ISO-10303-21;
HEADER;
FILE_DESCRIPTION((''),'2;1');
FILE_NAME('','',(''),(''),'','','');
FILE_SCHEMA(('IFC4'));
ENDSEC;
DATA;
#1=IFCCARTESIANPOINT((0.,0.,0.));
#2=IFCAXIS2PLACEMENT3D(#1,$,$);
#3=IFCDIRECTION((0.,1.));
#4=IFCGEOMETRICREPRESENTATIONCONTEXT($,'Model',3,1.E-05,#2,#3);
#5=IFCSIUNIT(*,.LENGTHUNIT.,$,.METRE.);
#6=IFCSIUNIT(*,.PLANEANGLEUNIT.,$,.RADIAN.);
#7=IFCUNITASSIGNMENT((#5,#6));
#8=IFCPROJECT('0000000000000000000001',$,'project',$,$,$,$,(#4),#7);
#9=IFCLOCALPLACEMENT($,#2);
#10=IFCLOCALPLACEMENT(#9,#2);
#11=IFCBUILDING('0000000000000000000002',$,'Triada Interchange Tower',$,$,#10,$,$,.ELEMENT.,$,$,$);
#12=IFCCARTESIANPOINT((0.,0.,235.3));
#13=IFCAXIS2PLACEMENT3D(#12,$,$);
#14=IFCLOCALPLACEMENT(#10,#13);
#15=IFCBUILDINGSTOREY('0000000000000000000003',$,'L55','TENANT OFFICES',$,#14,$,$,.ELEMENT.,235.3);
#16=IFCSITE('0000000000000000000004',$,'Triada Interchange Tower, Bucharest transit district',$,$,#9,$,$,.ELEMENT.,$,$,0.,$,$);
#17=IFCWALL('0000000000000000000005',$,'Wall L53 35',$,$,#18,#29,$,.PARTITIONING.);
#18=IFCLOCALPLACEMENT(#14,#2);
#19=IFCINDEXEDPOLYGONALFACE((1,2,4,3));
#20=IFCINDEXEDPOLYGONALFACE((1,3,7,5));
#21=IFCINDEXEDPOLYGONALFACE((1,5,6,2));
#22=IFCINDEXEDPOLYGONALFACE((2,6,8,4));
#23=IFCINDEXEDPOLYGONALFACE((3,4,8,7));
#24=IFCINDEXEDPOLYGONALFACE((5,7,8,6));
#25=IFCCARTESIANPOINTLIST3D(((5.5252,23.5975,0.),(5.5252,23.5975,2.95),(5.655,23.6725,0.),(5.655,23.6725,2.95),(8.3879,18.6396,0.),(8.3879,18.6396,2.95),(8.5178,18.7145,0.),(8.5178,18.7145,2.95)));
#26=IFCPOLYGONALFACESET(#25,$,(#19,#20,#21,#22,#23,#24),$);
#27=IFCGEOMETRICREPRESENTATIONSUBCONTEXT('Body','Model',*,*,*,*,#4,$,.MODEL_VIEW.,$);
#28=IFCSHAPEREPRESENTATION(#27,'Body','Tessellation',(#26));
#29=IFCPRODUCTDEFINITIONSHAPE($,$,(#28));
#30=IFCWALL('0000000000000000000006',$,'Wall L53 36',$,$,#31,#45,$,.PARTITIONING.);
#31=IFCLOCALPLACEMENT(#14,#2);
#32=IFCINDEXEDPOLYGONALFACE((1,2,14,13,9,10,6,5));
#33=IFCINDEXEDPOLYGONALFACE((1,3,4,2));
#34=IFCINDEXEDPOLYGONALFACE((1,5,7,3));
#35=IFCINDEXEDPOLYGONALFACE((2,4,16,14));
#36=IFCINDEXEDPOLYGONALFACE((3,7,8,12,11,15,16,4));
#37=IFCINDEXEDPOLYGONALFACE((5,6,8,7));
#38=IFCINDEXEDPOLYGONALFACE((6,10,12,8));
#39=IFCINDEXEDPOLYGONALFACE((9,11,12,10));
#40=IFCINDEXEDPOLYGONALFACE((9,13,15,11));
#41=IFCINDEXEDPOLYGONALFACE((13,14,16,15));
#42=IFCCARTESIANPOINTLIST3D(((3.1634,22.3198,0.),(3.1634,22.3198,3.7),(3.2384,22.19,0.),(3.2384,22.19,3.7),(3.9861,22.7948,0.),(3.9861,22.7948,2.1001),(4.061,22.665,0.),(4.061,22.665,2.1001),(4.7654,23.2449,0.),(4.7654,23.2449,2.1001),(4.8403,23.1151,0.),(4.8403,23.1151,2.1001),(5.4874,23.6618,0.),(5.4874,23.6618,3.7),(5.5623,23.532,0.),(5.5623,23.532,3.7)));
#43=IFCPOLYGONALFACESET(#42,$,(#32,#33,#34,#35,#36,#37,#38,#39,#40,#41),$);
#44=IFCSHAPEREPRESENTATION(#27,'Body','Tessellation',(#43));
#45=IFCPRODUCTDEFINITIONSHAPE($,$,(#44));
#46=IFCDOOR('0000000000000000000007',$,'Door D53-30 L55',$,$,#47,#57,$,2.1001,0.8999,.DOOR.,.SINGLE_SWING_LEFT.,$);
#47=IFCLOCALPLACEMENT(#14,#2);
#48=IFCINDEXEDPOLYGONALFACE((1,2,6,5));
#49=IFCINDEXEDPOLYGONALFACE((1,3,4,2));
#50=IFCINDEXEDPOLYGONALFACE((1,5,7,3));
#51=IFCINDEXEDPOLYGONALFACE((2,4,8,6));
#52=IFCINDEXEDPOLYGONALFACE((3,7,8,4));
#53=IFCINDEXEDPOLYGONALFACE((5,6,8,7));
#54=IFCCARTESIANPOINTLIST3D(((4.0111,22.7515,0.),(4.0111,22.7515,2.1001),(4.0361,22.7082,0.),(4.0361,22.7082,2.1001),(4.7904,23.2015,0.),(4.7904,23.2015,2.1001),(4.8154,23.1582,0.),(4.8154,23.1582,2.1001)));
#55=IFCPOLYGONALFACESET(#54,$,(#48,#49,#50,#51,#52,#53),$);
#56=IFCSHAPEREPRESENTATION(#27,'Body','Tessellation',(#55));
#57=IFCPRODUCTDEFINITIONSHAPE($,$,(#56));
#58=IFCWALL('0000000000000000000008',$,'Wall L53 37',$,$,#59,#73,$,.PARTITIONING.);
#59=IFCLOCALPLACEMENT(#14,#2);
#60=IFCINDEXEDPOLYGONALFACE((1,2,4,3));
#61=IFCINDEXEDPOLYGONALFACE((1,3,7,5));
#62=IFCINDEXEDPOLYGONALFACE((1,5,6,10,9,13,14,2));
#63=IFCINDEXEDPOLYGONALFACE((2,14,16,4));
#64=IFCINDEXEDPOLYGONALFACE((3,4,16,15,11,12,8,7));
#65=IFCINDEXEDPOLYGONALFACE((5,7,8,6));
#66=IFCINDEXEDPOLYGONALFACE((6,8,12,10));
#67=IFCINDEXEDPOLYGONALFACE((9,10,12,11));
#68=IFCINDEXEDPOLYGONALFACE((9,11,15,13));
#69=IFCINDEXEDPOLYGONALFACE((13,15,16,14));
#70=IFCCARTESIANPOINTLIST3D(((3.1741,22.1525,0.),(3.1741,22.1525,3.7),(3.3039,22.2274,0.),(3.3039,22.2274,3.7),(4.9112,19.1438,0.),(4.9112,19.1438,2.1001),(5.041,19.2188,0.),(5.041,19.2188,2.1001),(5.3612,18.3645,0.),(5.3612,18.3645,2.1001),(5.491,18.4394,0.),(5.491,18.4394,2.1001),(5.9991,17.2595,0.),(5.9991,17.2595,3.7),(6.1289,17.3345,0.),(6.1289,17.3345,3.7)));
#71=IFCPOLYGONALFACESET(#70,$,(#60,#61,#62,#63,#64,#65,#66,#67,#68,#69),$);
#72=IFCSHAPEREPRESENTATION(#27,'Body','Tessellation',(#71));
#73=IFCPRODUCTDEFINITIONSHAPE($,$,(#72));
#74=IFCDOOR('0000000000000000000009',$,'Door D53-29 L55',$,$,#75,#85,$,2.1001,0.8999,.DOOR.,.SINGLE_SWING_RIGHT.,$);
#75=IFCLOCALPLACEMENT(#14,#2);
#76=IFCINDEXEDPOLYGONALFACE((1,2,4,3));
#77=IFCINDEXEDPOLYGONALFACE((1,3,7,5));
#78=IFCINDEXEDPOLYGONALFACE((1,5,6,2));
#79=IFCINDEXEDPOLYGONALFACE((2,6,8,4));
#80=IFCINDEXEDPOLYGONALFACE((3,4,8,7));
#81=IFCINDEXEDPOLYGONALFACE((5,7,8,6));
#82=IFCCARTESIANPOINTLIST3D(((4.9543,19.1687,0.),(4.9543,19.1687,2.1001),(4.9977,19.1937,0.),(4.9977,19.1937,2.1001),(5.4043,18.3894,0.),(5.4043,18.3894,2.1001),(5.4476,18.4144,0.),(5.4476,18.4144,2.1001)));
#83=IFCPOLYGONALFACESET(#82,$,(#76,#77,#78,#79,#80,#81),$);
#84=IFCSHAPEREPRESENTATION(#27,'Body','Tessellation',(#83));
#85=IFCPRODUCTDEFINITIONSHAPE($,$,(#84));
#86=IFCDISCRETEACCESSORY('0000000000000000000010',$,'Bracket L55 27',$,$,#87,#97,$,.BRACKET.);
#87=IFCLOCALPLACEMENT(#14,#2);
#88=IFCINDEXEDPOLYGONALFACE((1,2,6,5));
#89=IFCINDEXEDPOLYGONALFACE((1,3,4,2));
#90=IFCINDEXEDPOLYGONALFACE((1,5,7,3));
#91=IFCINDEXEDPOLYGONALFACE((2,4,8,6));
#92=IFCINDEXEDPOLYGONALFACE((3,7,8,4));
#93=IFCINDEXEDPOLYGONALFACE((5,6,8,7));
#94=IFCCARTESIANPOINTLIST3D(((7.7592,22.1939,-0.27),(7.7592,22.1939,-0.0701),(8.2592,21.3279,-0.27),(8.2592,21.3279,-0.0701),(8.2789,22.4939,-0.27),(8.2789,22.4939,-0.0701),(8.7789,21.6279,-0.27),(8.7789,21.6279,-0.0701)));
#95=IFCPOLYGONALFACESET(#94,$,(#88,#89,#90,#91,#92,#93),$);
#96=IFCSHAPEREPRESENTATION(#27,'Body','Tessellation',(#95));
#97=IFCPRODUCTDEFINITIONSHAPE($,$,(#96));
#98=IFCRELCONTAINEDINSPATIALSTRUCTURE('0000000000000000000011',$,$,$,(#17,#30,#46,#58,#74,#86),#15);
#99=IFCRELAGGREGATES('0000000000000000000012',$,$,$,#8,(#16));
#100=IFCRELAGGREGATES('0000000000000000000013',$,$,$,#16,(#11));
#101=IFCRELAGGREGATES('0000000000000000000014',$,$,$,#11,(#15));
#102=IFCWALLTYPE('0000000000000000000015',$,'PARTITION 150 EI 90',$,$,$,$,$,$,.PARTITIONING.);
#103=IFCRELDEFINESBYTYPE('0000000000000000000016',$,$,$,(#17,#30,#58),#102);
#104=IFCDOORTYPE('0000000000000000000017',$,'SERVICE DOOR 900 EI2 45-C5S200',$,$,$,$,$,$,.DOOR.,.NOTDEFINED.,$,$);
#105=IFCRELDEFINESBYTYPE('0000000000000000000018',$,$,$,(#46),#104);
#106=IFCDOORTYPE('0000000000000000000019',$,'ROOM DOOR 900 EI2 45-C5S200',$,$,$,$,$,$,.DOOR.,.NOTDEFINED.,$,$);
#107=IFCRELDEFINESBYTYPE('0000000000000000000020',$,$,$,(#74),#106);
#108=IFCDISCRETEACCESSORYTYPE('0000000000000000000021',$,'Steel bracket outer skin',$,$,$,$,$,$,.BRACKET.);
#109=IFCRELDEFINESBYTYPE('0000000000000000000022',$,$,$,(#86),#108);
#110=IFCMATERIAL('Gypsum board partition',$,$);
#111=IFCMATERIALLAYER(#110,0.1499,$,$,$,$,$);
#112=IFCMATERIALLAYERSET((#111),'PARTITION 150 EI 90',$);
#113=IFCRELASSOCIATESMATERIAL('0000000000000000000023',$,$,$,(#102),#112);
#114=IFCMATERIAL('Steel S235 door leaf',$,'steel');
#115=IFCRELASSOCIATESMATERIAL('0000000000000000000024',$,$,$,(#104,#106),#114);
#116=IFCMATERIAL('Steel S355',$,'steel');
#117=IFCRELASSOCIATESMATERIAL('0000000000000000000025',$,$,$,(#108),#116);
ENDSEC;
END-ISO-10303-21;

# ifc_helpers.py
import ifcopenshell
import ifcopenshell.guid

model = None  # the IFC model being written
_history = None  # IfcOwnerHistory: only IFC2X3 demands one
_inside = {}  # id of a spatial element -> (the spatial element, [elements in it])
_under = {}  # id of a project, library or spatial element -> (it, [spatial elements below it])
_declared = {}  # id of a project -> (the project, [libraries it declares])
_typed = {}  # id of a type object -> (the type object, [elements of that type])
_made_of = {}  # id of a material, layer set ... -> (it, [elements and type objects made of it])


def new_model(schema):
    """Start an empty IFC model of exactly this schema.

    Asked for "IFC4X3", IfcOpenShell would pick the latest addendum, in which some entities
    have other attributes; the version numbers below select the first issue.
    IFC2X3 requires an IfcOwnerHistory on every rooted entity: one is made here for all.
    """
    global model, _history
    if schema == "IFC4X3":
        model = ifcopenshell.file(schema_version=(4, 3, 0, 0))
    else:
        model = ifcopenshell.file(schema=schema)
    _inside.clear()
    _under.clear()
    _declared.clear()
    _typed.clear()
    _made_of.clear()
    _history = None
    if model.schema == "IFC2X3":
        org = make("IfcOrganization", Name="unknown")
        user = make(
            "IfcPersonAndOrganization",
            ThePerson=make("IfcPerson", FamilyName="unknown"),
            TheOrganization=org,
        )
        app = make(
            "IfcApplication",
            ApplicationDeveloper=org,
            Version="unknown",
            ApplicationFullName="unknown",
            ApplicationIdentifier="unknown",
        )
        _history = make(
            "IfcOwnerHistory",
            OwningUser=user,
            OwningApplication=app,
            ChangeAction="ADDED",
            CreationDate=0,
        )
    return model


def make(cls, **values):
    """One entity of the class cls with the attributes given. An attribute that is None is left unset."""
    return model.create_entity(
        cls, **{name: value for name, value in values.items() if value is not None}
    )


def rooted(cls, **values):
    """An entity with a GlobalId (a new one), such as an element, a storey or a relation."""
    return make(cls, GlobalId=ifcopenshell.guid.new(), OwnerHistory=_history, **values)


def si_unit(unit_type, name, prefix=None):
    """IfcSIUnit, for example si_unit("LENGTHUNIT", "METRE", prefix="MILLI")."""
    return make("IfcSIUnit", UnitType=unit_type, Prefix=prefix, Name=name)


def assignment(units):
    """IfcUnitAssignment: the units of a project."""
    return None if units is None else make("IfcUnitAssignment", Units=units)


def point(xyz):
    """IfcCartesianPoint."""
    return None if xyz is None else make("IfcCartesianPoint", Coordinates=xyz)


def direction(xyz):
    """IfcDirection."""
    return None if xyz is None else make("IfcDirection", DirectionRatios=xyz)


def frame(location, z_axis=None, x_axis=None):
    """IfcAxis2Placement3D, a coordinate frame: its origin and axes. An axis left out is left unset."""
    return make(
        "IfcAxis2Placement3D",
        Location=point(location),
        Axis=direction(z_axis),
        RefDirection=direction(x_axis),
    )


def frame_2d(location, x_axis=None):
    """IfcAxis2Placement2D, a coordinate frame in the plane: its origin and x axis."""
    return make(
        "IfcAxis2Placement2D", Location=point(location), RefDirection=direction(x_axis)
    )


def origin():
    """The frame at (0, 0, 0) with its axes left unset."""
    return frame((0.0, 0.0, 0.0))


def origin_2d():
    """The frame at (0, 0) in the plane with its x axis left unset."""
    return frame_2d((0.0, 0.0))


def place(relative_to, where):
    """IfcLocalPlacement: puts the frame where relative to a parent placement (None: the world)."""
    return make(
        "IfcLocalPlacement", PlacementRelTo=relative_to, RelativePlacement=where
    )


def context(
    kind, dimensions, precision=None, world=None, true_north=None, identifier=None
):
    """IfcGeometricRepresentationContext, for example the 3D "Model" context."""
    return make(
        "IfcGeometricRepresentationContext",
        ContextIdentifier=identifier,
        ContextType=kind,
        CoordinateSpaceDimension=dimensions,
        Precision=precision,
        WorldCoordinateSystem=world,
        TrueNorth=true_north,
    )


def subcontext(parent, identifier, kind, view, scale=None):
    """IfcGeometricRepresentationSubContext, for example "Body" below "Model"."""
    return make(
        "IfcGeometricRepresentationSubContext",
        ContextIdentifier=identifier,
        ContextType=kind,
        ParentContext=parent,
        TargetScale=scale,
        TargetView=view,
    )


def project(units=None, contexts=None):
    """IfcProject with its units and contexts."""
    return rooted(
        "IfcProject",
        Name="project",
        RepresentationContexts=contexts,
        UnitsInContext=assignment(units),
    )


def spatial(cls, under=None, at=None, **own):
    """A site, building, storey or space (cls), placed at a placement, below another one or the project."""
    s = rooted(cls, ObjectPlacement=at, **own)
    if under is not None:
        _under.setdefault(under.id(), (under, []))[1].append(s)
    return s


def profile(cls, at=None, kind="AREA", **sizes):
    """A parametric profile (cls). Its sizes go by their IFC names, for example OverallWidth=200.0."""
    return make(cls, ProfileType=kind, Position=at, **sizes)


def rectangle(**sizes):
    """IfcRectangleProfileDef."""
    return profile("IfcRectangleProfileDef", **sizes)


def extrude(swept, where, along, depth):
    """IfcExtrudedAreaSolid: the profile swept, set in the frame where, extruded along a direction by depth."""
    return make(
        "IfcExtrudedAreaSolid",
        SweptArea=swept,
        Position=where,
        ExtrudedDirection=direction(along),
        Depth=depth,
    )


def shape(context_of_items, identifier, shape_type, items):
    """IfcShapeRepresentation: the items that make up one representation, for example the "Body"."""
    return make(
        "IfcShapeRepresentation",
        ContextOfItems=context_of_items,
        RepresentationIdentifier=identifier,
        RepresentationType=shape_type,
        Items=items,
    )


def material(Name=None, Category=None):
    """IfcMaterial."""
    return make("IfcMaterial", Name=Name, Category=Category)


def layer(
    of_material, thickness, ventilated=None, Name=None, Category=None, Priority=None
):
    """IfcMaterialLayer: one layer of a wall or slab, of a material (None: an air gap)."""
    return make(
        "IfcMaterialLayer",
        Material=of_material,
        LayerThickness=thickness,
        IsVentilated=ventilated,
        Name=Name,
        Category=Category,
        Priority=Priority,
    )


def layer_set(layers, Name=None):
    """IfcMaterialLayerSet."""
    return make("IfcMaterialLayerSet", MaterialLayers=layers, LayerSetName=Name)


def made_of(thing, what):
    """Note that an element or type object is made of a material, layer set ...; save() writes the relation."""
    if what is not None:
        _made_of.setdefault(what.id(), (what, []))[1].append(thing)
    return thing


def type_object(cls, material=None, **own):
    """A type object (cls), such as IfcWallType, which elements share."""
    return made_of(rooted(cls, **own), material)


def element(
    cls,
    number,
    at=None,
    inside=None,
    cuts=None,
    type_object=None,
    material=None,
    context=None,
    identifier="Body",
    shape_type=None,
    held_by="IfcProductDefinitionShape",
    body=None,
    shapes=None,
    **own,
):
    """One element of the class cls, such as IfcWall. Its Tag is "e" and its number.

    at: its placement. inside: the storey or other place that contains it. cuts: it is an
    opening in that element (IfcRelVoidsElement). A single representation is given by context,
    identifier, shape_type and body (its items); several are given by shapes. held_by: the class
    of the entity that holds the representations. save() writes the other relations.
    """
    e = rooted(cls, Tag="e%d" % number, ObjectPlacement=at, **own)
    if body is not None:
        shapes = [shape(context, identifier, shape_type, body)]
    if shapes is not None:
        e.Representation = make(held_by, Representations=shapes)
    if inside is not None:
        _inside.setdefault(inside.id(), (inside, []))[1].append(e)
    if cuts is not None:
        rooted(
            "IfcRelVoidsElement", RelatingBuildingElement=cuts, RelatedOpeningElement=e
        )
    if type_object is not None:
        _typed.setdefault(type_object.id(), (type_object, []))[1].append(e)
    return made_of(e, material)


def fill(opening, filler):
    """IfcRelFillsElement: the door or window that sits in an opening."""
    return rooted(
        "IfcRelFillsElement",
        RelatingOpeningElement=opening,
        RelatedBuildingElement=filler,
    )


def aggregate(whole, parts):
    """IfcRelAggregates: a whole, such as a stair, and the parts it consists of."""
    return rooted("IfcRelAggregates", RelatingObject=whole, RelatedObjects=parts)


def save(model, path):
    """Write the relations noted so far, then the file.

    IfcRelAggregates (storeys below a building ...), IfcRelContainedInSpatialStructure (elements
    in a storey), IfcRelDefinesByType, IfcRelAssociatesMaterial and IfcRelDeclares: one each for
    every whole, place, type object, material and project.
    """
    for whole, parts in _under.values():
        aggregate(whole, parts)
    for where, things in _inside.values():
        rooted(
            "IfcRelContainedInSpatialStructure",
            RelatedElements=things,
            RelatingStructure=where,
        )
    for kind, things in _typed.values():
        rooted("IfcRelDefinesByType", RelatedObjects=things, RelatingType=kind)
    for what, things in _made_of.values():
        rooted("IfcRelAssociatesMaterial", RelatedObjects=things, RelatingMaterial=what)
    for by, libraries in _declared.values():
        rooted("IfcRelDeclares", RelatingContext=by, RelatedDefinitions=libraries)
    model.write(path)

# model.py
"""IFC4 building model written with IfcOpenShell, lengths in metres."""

from ifc_helpers import new_model, si_unit, direction, frame, frame_2d, origin, origin_2d, place, context, subcontext, project, spatial, rectangle, extrude, material, layer, layer_set, type_object, element, fill, save


model = new_model("IFC4")

# Units and contexts
model_context = context("Model", 3, precision=1e-05, world=origin(), true_north=direction((0.0, 1.0)))
body_context = subcontext(model_context, "Body", "Model", "MODEL_VIEW")
ifc_project = project(units=[si_unit("LENGTHUNIT", "METRE"), si_unit("PLANEANGLEUNIT", "RADIAN")], contexts=[model_context])

# Site, building, storey
site_placement = place(None, origin())
site = spatial("IfcSite", under=ifc_project, at=site_placement, Name="Triada Interchange Tower, Bucharest transit district", CompositionType="ELEMENT", RefElevation=0.0)
building_placement = place(site_placement, origin())
building = spatial("IfcBuilding", under=site, at=building_placement, Name="Triada Interchange Tower", CompositionType="ELEMENT")
storey_placement = place(building_placement, frame((0.0, 0.0, 235.3)))
storey = spatial("IfcBuildingStorey", under=building, at=storey_placement, Name="L55", Description="TENANT OFFICES", CompositionType="ELEMENT", Elevation=235.3)

# Shared definitions
ifc_material_1 = material(Name="Gypsum board partition")
ifc_material_2 = material(Name="Steel S235 door leaf", Category="steel")

# Wall
ifc_layer_1 = layer(ifc_material_1, 0.1499)
ifc_layer_set_1 = layer_set([ifc_layer_1], Name="PARTITION 150 EI 90")
wall_type_1 = type_object("IfcWallType", Name="PARTITION 150 EI 90", PredefinedType="PARTITIONING", material=ifc_layer_set_1)
wall_1_placement = place(storey_placement, frame((5.5901, 23.635, 0.0), z_axis=(0.0, 0.0, 1.0), x_axis=(0.500037, -0.866004, 0.0)))
element("IfcWall", 1, at=wall_1_placement, inside=storey, type_object=wall_type_1, Name="Wall L53 35", PredefinedType="PARTITIONING", context=body_context, shape_type="SweptSolid", body=[
    extrude(rectangle(XDim=5.7251, YDim=0.1499, at=frame_2d((2.8625, 0.0))), origin(), (0.0, 0.0, 1.0), 2.95),
])

# Walls, openings, doors
wall_2_placement = place(storey_placement, frame((3.2009, 22.2549, 0.0), z_axis=(0.0, 0.0, 1.0), x_axis=(0.865978, 0.500082, 0.0)))
wall_2 = element("IfcWall", 2, at=wall_2_placement, inside=storey, type_object=wall_type_1, Name="Wall L53 36", PredefinedType="PARTITIONING", context=body_context, shape_type="SweptSolid", body=[
    extrude(rectangle(XDim=2.6836, YDim=0.1499, at=frame_2d((1.3418, 0.0))), origin(), (0.0, 0.0, 1.0), 3.7),
])
opening_1_placement = place(wall_2_placement, frame((0.95, 0.0, 0.0)))
opening_1 = element("IfcOpeningElement", 3, at=opening_1_placement, cuts=wall_2, PredefinedType="OPENING", context=body_context, shape_type="SweptSolid", body=[
    extrude(rectangle(XDim=0.8999, YDim=2.1001, at=frame_2d((0.45, 1.05))), frame((0.0, 0.085, 0.0), z_axis=(0.0, -1.0, 0.0), x_axis=(1.0, 0.0, 0.0)), (0.0, 0.0, 1.0), 0.1699),
])
door_type_1 = type_object("IfcDoorType", Name="SERVICE DOOR 900 EI2 45-C5S200", OperationType="NOTDEFINED", PredefinedType="DOOR", material=ifc_material_2)
door_1_placement = place(opening_1_placement, origin())
door_1 = element("IfcDoor", 4, at=door_1_placement, inside=storey, type_object=door_type_1, Name="Door D53-30 L55", OperationType="SINGLE_SWING_LEFT", OverallHeight=2.1001, OverallWidth=0.8999, PredefinedType="DOOR", context=body_context, shape_type="SweptSolid", body=[
    extrude(rectangle(XDim=0.8999, YDim=2.1001, at=frame_2d((0.45, 1.05))), frame((0.0, 0.0249, 0.0), z_axis=(0.0, -1.0, 0.0), x_axis=(1.0, 0.0, 0.0)), (0.0, 0.0, 1.0), 0.05),
])
fill(opening_1, door_1)
wall_3_placement = place(storey_placement, frame((3.239, 22.1899, 0.0), z_axis=(0.0, 0.0, 1.0), x_axis=(0.50001, -0.866019, 0.0)))
wall_3 = element("IfcWall", 5, at=wall_3_placement, inside=storey, type_object=wall_type_1, Name="Wall L53 37", PredefinedType="PARTITIONING", context=body_context, shape_type="SweptSolid", body=[
    extrude(rectangle(XDim=5.6499, YDim=0.1499, at=frame_2d((2.825, 0.0))), origin(), (0.0, 0.0, 1.0), 3.7),
])
opening_2_placement = place(wall_3_placement, frame((3.4741, 0.0, 0.0)))
opening_2 = element("IfcOpeningElement", 6, at=opening_2_placement, cuts=wall_3, PredefinedType="OPENING", context=body_context, shape_type="SweptSolid", body=[
    extrude(rectangle(XDim=0.8999, YDim=2.1001, at=frame_2d((0.45, 1.05))), frame((0.0, 0.085, 0.0), z_axis=(0.0, -1.0, 0.0), x_axis=(1.0, 0.0, 0.0)), (0.0, 0.0, 1.0), 0.1699),
])
door_type_2 = type_object("IfcDoorType", Name="ROOM DOOR 900 EI2 45-C5S200", OperationType="NOTDEFINED", PredefinedType="DOOR", material=ifc_material_2)
door_2_placement = place(opening_2_placement, origin())
door_2 = element("IfcDoor", 7, at=door_2_placement, inside=storey, type_object=door_type_2, Name="Door D53-29 L55", OperationType="SINGLE_SWING_RIGHT", OverallHeight=2.1001, OverallWidth=0.8999, PredefinedType="DOOR", context=body_context, shape_type="SweptSolid", body=[
    extrude(rectangle(XDim=0.8999, YDim=2.1001, at=frame_2d((0.45, 1.05))), frame((0.0, 0.0249, 0.0), z_axis=(0.0, -1.0, 0.0), x_axis=(1.0, 0.0, 0.0)), (0.0, 0.0, 1.0), 0.05),
])
fill(opening_2, door_2)

# Discrete accessory
ifc_material_3 = material(Name="Steel S355", Category="steel")
discrete_accessory_type = type_object("IfcDiscreteAccessoryType", Name="Steel bracket outer skin", PredefinedType="BRACKET", material=ifc_material_3)
discrete_accessory_placement = place(storey_placement, frame((8.269, 21.9109, -0.27), z_axis=(0.0, 0.0, 1.0), x_axis=(0.866014, 0.500019, 0.0)))
element("IfcDiscreteAccessory", 8, at=discrete_accessory_placement, inside=storey, type_object=discrete_accessory_type, Name="Bracket L55 27", PredefinedType="BRACKET", context=body_context, shape_type="SweptSolid", body=[
    extrude(rectangle(XDim=0.6001, YDim=1.0, at=origin_2d()), origin(), (0.0, 0.0, 1.0), 0.2),
])

save(model, "model.ifc")
